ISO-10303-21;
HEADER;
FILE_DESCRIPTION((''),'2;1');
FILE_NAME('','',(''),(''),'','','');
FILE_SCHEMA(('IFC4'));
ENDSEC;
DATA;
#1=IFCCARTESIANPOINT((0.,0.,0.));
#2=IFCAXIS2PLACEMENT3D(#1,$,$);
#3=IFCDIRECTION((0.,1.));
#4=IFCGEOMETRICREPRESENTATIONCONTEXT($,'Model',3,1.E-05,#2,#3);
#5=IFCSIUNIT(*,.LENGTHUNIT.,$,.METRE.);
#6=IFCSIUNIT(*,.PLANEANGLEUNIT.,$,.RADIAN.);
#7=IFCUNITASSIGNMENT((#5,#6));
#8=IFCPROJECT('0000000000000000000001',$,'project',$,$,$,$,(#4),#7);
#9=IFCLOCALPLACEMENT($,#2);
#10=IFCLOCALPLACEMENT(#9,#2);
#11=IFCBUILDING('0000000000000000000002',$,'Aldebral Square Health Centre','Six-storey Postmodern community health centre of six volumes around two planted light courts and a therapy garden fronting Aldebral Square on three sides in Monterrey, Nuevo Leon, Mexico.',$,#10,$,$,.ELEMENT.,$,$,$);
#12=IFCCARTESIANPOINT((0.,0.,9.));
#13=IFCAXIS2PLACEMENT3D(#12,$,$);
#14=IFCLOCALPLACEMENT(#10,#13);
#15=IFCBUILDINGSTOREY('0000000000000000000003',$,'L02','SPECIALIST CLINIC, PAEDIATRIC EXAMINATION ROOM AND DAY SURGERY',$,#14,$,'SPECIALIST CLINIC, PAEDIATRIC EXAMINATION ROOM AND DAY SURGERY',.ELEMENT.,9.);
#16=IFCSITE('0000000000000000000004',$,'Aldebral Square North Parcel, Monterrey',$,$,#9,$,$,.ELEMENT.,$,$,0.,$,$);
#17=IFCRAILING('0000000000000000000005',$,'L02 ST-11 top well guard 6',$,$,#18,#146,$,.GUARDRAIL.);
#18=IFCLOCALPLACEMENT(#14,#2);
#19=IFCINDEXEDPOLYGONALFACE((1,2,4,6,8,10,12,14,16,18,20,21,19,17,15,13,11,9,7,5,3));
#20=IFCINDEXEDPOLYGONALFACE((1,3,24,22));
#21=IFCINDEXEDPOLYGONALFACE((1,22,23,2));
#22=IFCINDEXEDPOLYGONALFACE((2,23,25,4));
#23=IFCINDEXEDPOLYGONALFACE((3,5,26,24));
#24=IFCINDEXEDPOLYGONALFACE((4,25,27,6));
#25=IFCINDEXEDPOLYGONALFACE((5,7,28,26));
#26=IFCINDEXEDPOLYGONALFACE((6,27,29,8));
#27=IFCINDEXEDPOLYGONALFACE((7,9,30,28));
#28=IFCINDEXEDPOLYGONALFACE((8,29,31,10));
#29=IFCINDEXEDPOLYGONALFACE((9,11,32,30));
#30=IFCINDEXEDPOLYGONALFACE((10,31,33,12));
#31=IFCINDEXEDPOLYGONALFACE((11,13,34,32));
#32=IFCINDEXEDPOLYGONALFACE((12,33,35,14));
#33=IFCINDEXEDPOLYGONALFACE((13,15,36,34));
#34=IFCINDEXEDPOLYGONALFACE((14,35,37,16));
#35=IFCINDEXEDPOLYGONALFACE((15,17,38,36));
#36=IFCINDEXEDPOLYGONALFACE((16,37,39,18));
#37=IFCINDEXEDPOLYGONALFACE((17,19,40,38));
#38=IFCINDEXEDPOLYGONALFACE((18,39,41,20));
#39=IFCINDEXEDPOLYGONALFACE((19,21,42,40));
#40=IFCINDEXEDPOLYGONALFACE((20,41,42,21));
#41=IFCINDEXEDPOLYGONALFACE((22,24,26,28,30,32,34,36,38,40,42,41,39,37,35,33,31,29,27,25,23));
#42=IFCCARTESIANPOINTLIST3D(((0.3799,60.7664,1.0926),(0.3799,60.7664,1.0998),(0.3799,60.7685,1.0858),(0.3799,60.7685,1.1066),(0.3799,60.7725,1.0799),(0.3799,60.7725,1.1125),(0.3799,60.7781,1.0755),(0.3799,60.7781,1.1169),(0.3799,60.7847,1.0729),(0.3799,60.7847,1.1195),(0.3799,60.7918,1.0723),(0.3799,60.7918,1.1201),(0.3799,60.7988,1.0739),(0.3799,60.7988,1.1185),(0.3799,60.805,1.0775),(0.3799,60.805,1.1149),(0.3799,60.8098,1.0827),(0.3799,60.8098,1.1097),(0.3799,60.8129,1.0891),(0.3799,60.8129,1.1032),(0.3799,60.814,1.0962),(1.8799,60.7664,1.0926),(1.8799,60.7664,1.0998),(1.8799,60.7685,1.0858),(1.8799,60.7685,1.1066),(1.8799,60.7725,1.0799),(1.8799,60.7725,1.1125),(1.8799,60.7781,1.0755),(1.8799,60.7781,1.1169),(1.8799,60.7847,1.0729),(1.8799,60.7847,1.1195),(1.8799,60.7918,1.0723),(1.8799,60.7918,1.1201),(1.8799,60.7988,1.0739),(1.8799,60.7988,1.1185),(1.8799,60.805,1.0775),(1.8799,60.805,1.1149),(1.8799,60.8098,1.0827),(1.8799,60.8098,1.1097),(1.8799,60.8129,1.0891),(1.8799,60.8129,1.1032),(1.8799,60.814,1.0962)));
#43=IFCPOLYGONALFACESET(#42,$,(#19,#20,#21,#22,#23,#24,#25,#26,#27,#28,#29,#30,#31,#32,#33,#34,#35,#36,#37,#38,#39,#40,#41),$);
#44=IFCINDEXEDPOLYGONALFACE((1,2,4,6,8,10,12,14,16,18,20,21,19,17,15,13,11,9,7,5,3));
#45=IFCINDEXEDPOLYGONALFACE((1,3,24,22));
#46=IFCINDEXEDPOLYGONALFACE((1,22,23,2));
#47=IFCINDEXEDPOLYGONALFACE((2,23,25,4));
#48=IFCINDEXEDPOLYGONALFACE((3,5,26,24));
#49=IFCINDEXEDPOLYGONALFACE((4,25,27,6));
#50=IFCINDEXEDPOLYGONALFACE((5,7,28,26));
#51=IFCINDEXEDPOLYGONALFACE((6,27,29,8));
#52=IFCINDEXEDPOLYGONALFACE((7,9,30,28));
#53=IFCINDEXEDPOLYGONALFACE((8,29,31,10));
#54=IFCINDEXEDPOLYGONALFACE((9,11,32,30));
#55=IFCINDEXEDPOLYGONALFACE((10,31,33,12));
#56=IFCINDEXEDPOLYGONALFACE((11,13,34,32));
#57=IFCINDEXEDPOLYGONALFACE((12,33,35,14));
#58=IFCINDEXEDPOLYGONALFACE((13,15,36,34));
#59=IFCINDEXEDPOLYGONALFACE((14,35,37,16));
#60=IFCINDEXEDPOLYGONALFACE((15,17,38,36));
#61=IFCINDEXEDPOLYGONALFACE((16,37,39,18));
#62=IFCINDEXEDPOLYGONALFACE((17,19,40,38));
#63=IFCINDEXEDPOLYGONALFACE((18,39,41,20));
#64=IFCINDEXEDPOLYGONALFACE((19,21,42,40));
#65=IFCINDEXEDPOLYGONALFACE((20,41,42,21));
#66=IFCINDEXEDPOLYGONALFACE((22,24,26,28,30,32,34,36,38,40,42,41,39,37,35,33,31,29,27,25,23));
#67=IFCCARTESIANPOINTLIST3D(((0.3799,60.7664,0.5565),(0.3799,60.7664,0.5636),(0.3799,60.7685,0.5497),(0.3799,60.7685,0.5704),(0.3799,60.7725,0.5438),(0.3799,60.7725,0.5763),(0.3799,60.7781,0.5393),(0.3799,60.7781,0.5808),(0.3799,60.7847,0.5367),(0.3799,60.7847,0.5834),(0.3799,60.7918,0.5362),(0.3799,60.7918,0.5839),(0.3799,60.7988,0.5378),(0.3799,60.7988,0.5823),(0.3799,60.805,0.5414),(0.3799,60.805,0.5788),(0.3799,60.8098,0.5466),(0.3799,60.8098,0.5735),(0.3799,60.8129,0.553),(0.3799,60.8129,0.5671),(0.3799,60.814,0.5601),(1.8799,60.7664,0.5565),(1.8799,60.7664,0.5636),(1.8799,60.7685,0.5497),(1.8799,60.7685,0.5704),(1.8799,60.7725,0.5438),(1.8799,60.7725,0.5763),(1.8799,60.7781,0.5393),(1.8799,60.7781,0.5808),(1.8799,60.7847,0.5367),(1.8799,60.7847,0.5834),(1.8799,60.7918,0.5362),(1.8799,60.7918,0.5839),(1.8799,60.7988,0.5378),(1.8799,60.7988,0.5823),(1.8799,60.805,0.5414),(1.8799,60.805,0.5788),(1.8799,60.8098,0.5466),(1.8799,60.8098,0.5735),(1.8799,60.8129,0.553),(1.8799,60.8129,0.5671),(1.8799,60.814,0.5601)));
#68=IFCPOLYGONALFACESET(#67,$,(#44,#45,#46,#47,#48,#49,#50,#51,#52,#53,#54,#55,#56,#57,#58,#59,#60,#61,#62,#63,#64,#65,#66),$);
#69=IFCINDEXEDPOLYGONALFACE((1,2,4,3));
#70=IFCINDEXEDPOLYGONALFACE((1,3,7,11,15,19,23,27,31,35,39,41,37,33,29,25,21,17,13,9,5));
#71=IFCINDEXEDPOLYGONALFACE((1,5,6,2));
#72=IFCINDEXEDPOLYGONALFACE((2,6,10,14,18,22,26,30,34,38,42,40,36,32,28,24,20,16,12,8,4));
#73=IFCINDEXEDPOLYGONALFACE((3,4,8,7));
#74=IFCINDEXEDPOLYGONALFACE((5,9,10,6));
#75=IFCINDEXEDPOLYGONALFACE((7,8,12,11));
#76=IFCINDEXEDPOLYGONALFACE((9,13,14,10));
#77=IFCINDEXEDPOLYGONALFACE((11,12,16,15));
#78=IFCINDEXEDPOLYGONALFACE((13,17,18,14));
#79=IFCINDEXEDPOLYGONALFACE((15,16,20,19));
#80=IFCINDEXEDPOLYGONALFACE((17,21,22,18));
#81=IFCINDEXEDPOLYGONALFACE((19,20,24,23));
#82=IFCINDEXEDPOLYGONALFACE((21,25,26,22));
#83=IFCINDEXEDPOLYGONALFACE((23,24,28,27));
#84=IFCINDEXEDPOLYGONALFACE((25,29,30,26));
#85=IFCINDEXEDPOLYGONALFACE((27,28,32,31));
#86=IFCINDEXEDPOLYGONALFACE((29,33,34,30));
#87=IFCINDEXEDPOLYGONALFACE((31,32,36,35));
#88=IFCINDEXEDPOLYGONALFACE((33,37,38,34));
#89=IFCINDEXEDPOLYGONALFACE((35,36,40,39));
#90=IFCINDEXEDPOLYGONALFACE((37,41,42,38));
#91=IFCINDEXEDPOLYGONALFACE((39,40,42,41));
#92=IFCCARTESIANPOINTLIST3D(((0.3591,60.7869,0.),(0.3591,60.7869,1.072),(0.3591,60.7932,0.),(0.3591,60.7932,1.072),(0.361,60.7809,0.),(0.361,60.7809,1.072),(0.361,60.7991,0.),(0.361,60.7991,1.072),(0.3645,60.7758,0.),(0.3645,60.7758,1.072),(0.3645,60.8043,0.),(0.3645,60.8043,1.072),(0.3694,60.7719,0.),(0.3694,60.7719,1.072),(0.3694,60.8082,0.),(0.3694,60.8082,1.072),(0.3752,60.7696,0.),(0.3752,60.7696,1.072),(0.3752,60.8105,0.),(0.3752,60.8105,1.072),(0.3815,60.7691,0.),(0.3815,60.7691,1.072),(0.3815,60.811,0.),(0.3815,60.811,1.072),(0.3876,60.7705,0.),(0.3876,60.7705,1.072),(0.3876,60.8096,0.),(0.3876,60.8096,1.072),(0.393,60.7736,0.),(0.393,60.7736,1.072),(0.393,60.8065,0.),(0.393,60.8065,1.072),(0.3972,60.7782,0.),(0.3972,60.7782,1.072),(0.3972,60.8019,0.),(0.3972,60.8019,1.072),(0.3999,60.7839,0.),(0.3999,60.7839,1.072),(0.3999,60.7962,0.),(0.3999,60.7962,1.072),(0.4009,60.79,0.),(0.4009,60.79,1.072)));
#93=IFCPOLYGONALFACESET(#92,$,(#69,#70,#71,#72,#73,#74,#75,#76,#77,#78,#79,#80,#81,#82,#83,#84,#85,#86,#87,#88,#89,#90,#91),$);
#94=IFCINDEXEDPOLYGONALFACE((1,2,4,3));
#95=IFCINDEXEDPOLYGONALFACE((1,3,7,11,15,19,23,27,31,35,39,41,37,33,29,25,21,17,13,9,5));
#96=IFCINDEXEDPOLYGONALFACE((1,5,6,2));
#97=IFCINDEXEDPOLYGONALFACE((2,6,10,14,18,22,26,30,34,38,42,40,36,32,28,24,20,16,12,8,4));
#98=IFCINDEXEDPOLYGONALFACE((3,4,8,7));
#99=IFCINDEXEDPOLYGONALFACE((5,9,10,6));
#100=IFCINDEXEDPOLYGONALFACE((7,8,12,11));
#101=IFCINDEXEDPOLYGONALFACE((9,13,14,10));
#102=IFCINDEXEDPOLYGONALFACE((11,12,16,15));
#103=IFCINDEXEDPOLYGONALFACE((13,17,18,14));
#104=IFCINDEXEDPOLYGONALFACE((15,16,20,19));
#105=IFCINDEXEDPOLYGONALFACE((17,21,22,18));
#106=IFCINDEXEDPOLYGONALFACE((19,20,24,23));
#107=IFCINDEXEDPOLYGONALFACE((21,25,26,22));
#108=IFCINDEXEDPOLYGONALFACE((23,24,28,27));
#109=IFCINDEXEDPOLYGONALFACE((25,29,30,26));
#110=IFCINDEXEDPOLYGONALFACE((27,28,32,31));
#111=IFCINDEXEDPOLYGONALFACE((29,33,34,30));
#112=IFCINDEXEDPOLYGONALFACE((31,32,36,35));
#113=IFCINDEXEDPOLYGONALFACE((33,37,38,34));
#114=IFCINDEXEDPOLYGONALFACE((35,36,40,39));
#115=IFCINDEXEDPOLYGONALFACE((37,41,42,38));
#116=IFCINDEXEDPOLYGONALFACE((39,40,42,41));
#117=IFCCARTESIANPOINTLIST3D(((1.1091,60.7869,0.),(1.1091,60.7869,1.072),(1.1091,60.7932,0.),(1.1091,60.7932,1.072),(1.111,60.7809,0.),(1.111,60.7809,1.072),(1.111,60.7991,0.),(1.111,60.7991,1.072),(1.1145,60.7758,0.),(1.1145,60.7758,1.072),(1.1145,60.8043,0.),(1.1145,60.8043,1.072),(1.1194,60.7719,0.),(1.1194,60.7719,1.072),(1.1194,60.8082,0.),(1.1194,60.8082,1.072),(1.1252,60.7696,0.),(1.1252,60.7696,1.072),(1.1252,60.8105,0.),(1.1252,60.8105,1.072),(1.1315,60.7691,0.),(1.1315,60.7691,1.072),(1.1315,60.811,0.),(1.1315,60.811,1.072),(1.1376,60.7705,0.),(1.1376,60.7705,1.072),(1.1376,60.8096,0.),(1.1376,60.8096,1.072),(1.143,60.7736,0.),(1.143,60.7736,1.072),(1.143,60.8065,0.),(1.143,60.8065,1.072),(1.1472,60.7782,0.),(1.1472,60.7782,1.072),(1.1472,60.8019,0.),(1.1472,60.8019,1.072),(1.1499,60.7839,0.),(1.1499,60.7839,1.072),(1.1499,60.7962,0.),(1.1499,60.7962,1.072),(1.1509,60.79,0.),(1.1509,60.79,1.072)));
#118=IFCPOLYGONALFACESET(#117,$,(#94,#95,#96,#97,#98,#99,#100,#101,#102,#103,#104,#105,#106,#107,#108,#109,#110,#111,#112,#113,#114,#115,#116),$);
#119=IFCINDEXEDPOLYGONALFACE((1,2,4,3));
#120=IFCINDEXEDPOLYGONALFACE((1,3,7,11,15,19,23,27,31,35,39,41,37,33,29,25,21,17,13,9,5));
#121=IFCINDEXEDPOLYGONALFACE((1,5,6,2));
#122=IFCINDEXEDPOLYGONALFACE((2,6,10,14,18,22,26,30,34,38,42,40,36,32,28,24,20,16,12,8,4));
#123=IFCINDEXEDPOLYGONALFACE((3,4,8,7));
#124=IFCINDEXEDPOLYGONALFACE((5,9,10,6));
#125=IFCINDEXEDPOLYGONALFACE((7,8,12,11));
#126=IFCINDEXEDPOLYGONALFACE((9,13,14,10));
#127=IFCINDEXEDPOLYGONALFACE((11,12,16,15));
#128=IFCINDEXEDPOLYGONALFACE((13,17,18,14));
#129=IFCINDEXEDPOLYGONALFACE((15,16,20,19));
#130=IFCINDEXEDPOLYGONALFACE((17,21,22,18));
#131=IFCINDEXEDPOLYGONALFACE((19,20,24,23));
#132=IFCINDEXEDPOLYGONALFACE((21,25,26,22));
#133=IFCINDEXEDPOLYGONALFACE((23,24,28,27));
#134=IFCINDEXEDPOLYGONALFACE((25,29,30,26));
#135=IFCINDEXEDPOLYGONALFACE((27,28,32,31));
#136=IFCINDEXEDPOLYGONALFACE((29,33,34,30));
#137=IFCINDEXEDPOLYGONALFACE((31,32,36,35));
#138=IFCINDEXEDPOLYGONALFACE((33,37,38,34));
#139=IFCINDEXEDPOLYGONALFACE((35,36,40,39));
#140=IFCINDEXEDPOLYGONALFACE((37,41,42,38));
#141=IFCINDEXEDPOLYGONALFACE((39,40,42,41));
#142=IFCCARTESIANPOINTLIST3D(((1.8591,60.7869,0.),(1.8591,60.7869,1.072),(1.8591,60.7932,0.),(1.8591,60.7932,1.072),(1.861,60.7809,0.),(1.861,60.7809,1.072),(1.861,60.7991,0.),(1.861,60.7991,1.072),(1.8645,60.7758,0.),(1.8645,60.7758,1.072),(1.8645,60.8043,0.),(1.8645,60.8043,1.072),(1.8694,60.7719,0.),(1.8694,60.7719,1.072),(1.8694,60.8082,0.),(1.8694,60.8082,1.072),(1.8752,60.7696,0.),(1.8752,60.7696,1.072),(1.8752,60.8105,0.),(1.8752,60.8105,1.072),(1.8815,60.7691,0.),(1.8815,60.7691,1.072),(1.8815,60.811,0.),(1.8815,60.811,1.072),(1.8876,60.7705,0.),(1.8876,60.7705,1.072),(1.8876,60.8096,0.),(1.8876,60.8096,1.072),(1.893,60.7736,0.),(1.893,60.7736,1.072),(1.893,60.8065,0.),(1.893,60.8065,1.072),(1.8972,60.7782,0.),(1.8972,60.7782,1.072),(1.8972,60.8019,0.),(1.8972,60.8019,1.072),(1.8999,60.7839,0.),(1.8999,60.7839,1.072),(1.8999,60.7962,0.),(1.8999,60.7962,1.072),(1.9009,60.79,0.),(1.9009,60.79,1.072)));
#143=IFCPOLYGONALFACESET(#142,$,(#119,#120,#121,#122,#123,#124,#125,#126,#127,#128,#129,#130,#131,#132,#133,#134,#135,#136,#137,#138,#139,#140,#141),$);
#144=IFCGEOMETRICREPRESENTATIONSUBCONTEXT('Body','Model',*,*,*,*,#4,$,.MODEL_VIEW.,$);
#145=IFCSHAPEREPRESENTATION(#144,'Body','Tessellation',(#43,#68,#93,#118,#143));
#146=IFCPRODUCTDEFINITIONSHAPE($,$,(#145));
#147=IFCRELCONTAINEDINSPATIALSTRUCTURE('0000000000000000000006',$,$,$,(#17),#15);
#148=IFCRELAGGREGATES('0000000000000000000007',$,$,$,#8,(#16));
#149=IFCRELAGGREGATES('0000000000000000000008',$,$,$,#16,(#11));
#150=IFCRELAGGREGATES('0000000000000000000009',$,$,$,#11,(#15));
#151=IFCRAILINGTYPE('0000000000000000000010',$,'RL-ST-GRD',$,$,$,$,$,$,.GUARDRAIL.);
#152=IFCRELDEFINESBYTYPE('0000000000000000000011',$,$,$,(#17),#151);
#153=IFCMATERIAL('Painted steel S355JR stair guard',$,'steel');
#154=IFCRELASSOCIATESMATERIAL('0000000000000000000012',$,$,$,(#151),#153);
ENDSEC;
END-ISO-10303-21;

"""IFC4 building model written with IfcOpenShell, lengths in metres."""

from ifc_helpers import new_model, si_unit, direction, frame, origin, origin_2d, place, context, subcontext, project, spatial, circle, extrude, material, type_object, element, save


model = new_model("IFC4")

# Units and contexts
model_context = context("Model", 3, precision=1e-05, world=origin(), true_north=direction((0.0, 1.0)))
body_context = subcontext(model_context, "Body", "Model", "MODEL_VIEW")
ifc_project = project(units=[si_unit("LENGTHUNIT", "METRE"), si_unit("PLANEANGLEUNIT", "RADIAN")], contexts=[model_context])

# Site, building, storey
site_placement = place(None, origin())
site = spatial("IfcSite", under=ifc_project, at=site_placement, Name="Aldebral Square North Parcel, Monterrey", CompositionType="ELEMENT", RefElevation=0.0)
building_placement = place(site_placement, origin())
building = spatial("IfcBuilding", under=site, at=building_placement, Name="Aldebral Square Health Centre", Description="Six-storey Postmodern community health centre of six volumes around two planted light courts and a therapy garden fronting Aldebral Square on three sides in Monterrey, Nuevo Leon, Mexico.", CompositionType="ELEMENT")
storey_placement = place(building_placement, frame((0.0, 0.0, 9.0)))
storey = spatial("IfcBuildingStorey", under=building, at=storey_placement, Name="L02", Description="SPECIALIST CLINIC, PAEDIATRIC EXAMINATION ROOM AND DAY SURGERY", LongName="SPECIALIST CLINIC, PAEDIATRIC EXAMINATION ROOM AND DAY SURGERY", CompositionType="ELEMENT", Elevation=9.0)

# Railing
ifc_material_1 = material(Name="Painted steel S355JR stair guard", Category="steel")
railing_type = type_object("IfcRailingType", Name="RL-ST-GRD", PredefinedType="GUARDRAIL", material=ifc_material_1)
for number, where, name in (
    (1, (0.3799, 60.79, 0.0), "L02 ST-11 top well guard 6"),
):
    element("IfcRailing", number, at=place(storey_placement, frame(where)), inside=storey, type_object=railing_type, Name=name, PredefinedType="GUARDRAIL", context=body_context, shape_type="SweptSolid", body=[
        extrude(circle(Radius=0.0239, at=origin_2d()), frame((0.0, 0.0, 1.0962), z_axis=(1.0, 0.0, 0.0), x_axis=(0.0, 1.0, 0.0)), (0.0, 0.0, 1.0), 1.5),
        extrude(circle(Radius=0.0239, at=origin_2d()), frame((0.0, 0.0, 0.5601), z_axis=(1.0, 0.0, 0.0), x_axis=(0.0, 1.0, 0.0)), (0.0, 0.0, 1.0), 1.5),
        extrude(circle(Radius=0.021, at=origin_2d()), origin(), (0.0, 0.0, 1.0), 1.072),
        extrude(circle(Radius=0.021, at=origin_2d()), frame((0.75, 0.0, 0.0)), (0.0, 0.0, 1.0), 1.072),
        extrude(circle(Radius=0.021, at=origin_2d()), frame((1.5, 0.0, 0.0)), (0.0, 0.0, 1.0), 1.072),
    ])

save(model, "model.ifc")
